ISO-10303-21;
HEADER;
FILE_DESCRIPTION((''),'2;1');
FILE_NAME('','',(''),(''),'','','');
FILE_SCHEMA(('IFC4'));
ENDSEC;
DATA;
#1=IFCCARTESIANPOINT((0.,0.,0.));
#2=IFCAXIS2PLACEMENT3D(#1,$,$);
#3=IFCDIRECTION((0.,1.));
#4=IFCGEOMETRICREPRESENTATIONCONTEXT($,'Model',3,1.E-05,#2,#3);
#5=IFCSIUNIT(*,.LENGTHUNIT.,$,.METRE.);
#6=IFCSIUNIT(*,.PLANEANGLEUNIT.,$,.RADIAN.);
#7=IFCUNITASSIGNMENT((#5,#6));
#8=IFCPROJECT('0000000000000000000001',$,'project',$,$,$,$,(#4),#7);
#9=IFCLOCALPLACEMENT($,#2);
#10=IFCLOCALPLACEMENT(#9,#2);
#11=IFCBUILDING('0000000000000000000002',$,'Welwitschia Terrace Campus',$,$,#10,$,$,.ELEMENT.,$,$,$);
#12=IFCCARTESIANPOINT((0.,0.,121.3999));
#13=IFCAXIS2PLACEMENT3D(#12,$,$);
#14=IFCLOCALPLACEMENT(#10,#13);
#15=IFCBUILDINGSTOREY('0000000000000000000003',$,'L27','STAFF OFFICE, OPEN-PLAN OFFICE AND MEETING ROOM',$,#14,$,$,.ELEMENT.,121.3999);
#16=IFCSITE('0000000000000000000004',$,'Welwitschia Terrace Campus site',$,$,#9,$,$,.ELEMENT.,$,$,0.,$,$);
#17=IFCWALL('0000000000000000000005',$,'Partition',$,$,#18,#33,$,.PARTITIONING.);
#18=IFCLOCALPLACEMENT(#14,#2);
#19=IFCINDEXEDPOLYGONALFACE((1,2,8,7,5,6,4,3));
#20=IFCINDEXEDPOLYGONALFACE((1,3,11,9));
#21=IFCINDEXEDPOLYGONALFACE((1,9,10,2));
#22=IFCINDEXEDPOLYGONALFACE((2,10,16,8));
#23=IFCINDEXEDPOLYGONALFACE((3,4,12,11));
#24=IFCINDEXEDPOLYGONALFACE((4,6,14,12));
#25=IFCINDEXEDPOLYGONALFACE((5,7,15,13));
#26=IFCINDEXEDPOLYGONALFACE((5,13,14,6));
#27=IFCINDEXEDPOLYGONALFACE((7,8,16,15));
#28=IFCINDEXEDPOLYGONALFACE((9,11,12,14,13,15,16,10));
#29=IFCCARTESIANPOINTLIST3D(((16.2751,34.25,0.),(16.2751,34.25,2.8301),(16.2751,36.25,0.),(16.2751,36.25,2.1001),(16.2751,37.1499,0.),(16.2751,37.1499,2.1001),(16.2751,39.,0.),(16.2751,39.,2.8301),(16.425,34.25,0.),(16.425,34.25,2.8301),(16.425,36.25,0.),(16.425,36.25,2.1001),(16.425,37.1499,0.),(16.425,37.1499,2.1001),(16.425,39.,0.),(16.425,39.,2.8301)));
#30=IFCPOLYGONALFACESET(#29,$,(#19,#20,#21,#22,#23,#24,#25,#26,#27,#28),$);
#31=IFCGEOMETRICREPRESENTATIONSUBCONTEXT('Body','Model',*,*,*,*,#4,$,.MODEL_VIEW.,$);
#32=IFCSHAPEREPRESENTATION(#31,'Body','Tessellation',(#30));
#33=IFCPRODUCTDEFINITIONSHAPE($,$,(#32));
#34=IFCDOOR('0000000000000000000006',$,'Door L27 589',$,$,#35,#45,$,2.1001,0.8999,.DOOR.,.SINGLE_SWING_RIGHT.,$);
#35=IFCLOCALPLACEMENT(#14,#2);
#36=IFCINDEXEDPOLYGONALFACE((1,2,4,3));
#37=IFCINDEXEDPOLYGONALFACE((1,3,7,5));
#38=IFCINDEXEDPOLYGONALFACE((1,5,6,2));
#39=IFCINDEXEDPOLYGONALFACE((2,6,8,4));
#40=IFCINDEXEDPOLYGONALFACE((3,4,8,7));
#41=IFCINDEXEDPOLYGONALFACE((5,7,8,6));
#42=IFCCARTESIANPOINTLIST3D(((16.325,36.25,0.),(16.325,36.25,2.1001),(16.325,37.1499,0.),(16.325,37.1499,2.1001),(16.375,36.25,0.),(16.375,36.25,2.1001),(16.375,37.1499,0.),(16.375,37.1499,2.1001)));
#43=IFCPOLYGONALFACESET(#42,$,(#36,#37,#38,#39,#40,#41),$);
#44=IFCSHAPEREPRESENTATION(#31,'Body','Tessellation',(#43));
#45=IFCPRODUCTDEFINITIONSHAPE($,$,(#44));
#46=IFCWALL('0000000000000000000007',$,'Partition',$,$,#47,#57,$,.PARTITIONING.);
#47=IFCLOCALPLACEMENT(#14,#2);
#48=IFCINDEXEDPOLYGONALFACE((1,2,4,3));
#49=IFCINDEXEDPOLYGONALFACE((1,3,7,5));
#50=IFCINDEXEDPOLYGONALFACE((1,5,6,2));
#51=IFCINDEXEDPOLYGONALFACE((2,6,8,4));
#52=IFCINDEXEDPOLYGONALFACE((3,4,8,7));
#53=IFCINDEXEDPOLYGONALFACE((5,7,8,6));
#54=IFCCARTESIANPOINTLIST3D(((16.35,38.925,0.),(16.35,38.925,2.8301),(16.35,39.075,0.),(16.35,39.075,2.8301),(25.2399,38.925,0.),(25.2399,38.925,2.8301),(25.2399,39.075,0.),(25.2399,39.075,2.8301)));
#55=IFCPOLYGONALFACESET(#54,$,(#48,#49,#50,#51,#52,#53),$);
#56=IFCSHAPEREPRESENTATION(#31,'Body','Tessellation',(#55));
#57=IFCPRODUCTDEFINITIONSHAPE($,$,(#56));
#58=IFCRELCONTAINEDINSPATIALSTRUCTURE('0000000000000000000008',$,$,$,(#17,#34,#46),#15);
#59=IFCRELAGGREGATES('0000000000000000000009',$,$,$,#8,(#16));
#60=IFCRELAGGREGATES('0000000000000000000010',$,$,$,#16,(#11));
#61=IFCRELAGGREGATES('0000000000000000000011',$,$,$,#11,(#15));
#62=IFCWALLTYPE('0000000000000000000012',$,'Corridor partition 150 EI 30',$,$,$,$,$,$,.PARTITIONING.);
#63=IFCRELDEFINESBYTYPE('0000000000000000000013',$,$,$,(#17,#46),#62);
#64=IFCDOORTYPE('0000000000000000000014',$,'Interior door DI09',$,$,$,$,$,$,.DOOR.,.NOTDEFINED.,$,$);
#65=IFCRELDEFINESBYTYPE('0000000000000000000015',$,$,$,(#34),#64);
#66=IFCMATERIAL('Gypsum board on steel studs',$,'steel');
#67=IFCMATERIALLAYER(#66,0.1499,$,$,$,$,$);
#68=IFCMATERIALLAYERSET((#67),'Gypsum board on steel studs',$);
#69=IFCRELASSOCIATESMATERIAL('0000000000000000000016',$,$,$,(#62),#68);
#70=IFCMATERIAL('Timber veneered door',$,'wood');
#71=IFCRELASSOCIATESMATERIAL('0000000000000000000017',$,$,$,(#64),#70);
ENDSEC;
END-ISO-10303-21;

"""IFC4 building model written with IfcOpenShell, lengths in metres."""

from ifc_helpers import new_model, si_unit, direction, frame, frame_2d, origin, place, context, subcontext, project, spatial, rectangle, extrude, material, layer, layer_set, type_object, element, fill, save


model = new_model("IFC4")

# Units and contexts
model_context = context("Model", 3, precision=1e-05, world=origin(), true_north=direction((0.0, 1.0)))
body_context = subcontext(model_context, "Body", "Model", "MODEL_VIEW")
ifc_project = project(units=[si_unit("LENGTHUNIT", "METRE"), si_unit("PLANEANGLEUNIT", "RADIAN")], contexts=[model_context])

# Site, building, storey
site_placement = place(None, origin())
site = spatial("IfcSite", under=ifc_project, at=site_placement, Name="Welwitschia Terrace Campus site", CompositionType="ELEMENT", RefElevation=0.0)
building_placement = place(site_placement, origin())
building = spatial("IfcBuilding", under=site, at=building_placement, Name="Welwitschia Terrace Campus", CompositionType="ELEMENT")
storey_placement = place(building_placement, frame((0.0, 0.0, 121.3999)))
storey = spatial("IfcBuildingStorey", under=building, at=storey_placement, Name="L27", Description="STAFF OFFICE, OPEN-PLAN OFFICE AND MEETING ROOM", CompositionType="ELEMENT", Elevation=121.3999)

# Shared definitions
ifc_material_1 = material(Name="Gypsum board on steel studs", Category="steel")
ifc_layer_1 = layer(ifc_material_1, 0.1499)
ifc_layer_set_1 = layer_set([ifc_layer_1], Name="Gypsum board on steel studs")
wall_type = type_object("IfcWallType", Name="Corridor partition 150 EI 30", PredefinedType="PARTITIONING", material=ifc_layer_set_1)

# Shared definitions
ifc_material_2 = material(Name="Timber veneered door", Category="wood")
door_type_1 = type_object("IfcDoorType", Name="Interior door DI09", OperationType="NOTDEFINED", PredefinedType="DOOR", material=ifc_material_2)

# Wall, opening, door
wall_1_placement = place(storey_placement, frame((16.3501, 39.0, 0.0), z_axis=(0.0, 0.0, 1.0), x_axis=(0.0, -1.0, 0.0)))
wall_1 = element("IfcWall", 1, at=wall_1_placement, inside=storey, type_object=wall_type, Name="Partition", PredefinedType="PARTITIONING", context=body_context, shape_type="SweptSolid", body=[
    extrude(rectangle(XDim=4.75, YDim=0.1499, at=frame_2d((2.375, 0.0))), origin(), (0.0, 0.0, 1.0), 2.8301),
])
opening_1_placement = place(wall_1_placement, frame((1.8501, 0.0, 0.0)))
opening_1 = element("IfcOpeningElement", 2, at=opening_1_placement, cuts=wall_1, PredefinedType="OPENING", context=body_context, shape_type="SweptSolid", body=[
    extrude(rectangle(XDim=0.8999, YDim=2.1001, at=frame_2d((0.45, 1.05))), frame((0.0, 0.085, 0.0), z_axis=(0.0, -1.0, 0.0), x_axis=(1.0, 0.0, 0.0)), (0.0, 0.0, 1.0), 0.1699),
])
door_1_placement = place(opening_1_placement, origin())
door_1 = element("IfcDoor", 3, at=door_1_placement, inside=storey, type_object=door_type_1, Name="Door L27 589", OperationType="SINGLE_SWING_RIGHT", OverallHeight=2.1001, OverallWidth=0.8999, PredefinedType="DOOR", context=body_context, shape_type="SweptSolid", body=[
    extrude(rectangle(XDim=0.8999, YDim=2.1001, at=frame_2d((0.45, 1.05))), frame((0.0, 0.0249, 0.0), z_axis=(0.0, -1.0, 0.0), x_axis=(1.0, 0.0, 0.0)), (0.0, 0.0, 1.0), 0.05),
])
fill(opening_1, door_1)

# Wall
wall_2_placement = place(storey_placement, frame((16.3501, 39.0, 0.0), z_axis=(0.0, 0.0, 1.0), x_axis=(1.0, 0.0, 0.0)))
element("IfcWall", 4, at=wall_2_placement, inside=storey, type_object=wall_type, Name="Partition", PredefinedType="PARTITIONING", context=body_context, shape_type="SweptSolid", body=[
    extrude(rectangle(XDim=8.8899, YDim=0.1499, at=frame_2d((4.4448, 0.0))), origin(), (0.0, 0.0, 1.0), 2.8301),
])

save(model, "model.ifc")
